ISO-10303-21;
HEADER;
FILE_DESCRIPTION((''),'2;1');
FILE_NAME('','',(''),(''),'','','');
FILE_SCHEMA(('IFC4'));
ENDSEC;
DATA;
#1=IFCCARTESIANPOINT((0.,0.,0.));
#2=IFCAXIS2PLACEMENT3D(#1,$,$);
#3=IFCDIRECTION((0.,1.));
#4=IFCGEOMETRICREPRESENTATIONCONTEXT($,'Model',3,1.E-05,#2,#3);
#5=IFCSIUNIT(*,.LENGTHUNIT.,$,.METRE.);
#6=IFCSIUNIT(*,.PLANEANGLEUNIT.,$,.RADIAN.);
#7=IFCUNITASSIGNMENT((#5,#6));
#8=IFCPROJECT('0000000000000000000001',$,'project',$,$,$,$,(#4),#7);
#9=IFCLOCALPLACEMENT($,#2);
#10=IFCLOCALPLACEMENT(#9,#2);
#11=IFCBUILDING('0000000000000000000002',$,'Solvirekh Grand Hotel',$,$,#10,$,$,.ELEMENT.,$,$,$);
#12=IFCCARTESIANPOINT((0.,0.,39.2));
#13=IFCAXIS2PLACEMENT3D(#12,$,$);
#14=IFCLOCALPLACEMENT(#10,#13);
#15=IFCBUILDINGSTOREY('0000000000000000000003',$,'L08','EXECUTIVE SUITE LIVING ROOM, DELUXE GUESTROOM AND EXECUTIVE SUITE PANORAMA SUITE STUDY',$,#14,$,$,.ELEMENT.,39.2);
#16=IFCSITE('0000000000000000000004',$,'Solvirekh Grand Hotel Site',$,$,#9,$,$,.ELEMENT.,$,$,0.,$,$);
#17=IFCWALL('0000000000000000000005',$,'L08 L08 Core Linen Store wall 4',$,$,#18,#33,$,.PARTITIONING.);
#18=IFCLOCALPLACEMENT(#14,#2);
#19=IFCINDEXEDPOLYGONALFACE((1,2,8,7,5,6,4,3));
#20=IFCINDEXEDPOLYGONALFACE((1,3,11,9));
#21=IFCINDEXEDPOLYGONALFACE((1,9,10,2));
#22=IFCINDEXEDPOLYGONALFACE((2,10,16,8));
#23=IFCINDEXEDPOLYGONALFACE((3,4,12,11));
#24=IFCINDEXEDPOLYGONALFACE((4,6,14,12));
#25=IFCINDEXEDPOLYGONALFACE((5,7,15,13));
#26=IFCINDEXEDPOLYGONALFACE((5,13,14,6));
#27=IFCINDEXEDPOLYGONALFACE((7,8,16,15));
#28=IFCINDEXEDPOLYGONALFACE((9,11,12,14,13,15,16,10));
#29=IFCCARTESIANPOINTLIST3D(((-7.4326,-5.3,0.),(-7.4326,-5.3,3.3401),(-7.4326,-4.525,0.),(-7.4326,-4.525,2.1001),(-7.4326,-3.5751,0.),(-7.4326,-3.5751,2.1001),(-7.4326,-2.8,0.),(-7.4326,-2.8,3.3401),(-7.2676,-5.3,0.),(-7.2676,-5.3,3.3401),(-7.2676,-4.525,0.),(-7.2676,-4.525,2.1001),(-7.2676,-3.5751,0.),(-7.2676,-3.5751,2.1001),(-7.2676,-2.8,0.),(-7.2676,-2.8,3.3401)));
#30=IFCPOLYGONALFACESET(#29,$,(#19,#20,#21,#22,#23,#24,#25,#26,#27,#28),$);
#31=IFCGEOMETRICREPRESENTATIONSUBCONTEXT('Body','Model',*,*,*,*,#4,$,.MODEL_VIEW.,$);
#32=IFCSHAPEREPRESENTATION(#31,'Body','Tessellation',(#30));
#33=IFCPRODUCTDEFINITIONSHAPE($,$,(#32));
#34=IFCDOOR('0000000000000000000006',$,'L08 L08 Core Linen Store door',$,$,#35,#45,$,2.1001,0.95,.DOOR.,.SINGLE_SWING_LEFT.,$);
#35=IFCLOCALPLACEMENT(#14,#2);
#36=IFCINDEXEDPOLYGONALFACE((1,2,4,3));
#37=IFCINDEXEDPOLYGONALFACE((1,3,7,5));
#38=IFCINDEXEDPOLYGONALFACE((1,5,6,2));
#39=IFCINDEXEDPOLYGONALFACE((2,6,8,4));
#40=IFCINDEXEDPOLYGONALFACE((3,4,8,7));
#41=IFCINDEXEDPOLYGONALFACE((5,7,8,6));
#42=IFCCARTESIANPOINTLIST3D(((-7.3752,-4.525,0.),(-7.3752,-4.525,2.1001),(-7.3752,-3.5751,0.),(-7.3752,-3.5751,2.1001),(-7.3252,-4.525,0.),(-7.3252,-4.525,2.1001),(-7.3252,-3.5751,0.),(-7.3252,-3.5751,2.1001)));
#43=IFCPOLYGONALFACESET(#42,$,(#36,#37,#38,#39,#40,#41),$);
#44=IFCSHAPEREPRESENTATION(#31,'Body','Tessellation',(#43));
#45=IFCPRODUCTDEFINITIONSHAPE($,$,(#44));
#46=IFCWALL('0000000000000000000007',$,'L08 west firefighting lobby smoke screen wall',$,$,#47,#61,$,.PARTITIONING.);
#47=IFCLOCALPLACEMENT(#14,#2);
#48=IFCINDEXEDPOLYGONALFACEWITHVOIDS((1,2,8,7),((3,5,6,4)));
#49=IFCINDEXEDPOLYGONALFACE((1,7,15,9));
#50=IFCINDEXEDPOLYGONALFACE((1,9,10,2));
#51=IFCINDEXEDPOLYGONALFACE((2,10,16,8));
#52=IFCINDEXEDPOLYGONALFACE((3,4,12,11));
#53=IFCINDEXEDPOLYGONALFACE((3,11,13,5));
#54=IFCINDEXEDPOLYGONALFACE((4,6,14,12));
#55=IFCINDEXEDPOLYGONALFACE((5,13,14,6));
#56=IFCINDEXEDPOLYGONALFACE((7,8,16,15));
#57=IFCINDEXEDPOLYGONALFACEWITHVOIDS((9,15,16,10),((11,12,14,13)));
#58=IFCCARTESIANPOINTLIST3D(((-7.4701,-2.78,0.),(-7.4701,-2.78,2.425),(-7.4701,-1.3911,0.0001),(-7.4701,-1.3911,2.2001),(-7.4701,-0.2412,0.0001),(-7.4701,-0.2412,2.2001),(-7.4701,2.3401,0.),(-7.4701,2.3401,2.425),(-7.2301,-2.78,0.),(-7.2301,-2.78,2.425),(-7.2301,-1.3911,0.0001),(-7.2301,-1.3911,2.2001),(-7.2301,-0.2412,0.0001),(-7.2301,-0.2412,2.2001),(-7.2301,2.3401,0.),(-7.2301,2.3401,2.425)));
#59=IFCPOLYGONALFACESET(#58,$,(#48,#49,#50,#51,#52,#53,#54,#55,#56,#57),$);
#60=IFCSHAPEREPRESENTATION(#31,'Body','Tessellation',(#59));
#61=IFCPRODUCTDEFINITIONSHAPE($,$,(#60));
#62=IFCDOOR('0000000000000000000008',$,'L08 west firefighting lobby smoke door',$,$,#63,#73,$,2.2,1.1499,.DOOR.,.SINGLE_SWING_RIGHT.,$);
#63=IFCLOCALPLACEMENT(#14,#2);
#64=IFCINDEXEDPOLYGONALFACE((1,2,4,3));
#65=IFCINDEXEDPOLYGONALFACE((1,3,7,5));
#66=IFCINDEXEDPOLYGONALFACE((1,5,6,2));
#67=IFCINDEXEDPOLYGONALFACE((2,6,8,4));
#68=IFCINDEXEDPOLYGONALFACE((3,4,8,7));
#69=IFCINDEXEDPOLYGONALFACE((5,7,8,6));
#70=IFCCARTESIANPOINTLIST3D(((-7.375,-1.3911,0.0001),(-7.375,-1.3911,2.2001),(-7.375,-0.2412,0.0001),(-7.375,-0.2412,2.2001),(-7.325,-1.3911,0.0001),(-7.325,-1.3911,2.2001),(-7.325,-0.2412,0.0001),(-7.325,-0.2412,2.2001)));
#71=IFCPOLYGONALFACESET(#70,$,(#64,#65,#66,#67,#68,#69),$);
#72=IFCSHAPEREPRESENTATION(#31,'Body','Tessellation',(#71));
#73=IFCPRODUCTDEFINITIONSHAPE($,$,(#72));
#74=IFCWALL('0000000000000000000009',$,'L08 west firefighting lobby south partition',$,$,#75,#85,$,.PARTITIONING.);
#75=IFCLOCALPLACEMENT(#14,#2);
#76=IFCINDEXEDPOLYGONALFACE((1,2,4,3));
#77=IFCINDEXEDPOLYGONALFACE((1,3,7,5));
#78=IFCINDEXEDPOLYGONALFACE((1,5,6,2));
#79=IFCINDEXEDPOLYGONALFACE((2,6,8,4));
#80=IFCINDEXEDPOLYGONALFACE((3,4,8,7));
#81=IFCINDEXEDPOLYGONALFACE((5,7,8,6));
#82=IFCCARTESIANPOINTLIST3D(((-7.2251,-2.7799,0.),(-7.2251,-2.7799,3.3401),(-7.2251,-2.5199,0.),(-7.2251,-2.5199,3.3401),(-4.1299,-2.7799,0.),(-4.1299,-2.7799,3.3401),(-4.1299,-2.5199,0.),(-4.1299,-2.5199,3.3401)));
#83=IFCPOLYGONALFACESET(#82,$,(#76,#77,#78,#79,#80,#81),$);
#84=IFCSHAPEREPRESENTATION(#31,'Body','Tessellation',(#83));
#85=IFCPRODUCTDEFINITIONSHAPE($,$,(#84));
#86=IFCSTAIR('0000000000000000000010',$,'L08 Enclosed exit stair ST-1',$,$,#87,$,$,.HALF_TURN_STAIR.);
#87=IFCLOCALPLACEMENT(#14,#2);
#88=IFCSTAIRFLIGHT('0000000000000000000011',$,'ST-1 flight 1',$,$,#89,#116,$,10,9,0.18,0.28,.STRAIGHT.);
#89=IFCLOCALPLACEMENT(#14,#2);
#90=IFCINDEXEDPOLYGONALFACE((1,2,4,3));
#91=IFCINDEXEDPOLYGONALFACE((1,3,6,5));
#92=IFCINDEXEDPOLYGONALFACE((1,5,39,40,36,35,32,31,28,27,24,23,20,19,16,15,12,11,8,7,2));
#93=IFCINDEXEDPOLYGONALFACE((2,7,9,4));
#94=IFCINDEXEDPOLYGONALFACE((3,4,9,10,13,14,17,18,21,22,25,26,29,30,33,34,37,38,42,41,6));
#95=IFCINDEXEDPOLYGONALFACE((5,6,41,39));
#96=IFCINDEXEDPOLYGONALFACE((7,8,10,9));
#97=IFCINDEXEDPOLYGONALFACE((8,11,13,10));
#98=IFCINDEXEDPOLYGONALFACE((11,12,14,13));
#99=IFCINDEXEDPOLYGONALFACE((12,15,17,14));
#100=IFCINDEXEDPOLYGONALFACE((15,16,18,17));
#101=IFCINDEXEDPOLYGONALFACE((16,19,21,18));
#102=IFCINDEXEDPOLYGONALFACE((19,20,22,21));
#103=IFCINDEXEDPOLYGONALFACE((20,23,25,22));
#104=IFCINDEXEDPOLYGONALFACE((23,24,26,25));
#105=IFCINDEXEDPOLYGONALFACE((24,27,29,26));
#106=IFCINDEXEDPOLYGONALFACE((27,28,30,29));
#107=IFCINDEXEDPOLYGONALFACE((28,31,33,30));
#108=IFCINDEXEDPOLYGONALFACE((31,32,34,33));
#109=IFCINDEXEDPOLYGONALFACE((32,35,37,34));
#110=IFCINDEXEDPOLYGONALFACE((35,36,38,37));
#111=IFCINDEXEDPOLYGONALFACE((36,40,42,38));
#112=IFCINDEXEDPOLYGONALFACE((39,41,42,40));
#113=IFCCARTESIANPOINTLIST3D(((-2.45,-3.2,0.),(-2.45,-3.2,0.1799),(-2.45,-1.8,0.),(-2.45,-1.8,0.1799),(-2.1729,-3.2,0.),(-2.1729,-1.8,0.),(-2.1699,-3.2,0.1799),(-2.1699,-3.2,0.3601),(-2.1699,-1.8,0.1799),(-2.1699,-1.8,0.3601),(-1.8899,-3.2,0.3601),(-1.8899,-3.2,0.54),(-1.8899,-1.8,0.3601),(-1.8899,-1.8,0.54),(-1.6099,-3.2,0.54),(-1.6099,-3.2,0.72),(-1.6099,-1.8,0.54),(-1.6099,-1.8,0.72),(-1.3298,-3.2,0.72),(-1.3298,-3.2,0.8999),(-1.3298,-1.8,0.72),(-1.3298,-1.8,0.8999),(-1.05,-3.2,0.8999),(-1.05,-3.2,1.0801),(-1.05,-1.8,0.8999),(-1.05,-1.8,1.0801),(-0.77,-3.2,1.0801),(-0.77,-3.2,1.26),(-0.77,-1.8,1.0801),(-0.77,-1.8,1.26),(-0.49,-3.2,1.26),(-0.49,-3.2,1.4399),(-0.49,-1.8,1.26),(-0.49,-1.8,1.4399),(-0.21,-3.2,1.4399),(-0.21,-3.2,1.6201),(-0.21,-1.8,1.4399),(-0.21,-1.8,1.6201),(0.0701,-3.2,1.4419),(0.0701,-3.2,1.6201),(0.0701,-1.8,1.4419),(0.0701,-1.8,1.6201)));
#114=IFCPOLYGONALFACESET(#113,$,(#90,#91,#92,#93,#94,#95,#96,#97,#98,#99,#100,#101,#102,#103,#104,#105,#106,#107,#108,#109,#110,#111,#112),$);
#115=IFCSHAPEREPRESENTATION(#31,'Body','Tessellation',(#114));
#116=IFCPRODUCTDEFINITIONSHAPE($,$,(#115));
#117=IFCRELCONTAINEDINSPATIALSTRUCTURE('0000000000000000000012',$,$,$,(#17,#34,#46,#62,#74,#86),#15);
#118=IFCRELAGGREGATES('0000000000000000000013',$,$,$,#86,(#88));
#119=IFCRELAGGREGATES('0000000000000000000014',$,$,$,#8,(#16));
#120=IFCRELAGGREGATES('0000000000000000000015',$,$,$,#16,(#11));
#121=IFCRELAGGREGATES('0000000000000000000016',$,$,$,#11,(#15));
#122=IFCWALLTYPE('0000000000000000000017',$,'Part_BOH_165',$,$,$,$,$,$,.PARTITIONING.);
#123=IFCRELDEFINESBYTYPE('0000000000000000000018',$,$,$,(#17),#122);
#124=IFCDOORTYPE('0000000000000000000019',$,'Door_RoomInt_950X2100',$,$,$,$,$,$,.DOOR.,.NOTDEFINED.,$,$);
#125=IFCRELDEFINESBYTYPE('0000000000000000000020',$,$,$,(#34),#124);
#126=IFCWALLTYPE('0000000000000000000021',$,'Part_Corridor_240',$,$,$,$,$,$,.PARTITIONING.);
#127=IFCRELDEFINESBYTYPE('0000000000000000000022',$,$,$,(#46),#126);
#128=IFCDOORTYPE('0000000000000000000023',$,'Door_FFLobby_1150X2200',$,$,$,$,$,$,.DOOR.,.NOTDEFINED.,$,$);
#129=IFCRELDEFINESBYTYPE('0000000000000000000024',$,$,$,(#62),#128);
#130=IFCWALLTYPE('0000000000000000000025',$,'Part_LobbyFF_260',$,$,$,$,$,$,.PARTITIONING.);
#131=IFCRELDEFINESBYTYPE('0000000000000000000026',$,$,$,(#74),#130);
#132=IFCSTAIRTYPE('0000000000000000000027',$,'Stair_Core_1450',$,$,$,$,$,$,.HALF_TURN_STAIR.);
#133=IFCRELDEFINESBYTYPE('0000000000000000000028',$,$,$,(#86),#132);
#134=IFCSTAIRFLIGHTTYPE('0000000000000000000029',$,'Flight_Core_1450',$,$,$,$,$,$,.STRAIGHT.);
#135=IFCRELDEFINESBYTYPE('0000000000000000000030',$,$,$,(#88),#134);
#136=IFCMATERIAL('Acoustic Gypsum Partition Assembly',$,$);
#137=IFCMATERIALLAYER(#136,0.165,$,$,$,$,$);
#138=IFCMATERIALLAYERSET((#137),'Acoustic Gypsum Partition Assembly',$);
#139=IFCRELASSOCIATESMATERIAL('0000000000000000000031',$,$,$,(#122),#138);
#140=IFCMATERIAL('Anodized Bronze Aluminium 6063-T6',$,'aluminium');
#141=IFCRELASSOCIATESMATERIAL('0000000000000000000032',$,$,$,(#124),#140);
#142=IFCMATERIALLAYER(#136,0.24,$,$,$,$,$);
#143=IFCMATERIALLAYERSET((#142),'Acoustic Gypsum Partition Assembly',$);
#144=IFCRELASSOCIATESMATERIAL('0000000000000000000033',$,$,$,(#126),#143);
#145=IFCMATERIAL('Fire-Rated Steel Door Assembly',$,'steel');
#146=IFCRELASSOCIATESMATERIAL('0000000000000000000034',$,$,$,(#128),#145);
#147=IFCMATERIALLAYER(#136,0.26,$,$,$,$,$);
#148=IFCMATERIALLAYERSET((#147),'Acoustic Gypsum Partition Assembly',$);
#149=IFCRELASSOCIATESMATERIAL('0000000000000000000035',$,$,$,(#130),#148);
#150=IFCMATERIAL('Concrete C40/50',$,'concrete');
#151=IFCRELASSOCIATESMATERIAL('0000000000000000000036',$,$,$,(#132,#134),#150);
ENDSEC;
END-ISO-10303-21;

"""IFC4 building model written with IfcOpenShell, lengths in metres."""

from ifc_helpers import new_model, si_unit, direction, frame, frame_2d, origin, place, context, subcontext, project, spatial, polyline, rectangle, outline, extrude, material, layer, layer_set, type_object, element, fill, aggregate, save


model = new_model("IFC4")

# Units and contexts
model_context = context("Model", 3, precision=1e-05, world=origin(), true_north=direction((0.0, 1.0)))
body_context = subcontext(model_context, "Body", "Model", "MODEL_VIEW")
ifc_project = project(units=[si_unit("LENGTHUNIT", "METRE"), si_unit("PLANEANGLEUNIT", "RADIAN")], contexts=[model_context])

# Site, building, storey
site_placement = place(None, origin())
site = spatial("IfcSite", under=ifc_project, at=site_placement, Name="Solvirekh Grand Hotel Site", CompositionType="ELEMENT", RefElevation=0.0)
building_placement = place(site_placement, origin())
building = spatial("IfcBuilding", under=site, at=building_placement, Name="Solvirekh Grand Hotel", CompositionType="ELEMENT")
storey_placement = place(building_placement, frame((0.0, 0.0, 39.2)))
storey = spatial("IfcBuildingStorey", under=building, at=storey_placement, Name="L08", Description="EXECUTIVE SUITE LIVING ROOM, DELUXE GUESTROOM AND EXECUTIVE SUITE PANORAMA SUITE STUDY", CompositionType="ELEMENT", Elevation=39.2)

# Shared definitions
ifc_material_1 = material(Name="Concrete C40/50", Category="concrete")

# Shared definitions
ifc_material_2 = material(Name="Fire-Rated Steel Door Assembly", Category="steel")

# Shared definitions
ifc_material_3 = material(Name="Acoustic Gypsum Partition Assembly")
ifc_layer_1 = layer(ifc_material_3, 0.165)
ifc_layer_set_1 = layer_set([ifc_layer_1], Name="Acoustic Gypsum Partition Assembly")
wall_type_1 = type_object("IfcWallType", Name="Part_BOH_165", PredefinedType="PARTITIONING", material=ifc_layer_set_1)

# Walls, openings, doors
wall_1_placement = place(storey_placement, frame((-7.3501, -2.8, 0.0), z_axis=(0.0, 0.0, 1.0), x_axis=(0.0, -1.0, 0.0)))
wall_1 = element("IfcWall", 1, at=wall_1_placement, inside=storey, type_object=wall_type_1, Name="L08 L08 Core Linen Store wall 4", PredefinedType="PARTITIONING", context=body_context, shape_type="SweptSolid", body=[
    extrude(rectangle(XDim=2.5, YDim=0.165, at=frame_2d((1.25, 0.0))), origin(), (0.0, 0.0, 1.0), 3.3401),
])
opening_1_placement = place(wall_1_placement, frame((0.7749, 0.0, 0.0)))
opening_1 = element("IfcOpeningElement", 2, at=opening_1_placement, cuts=wall_1, PredefinedType="OPENING", context=body_context, shape_type="SweptSolid", body=[
    extrude(rectangle(XDim=0.95, YDim=2.1001, at=frame_2d((0.4751, 1.05))), frame((0.0, 0.0925, 0.0), z_axis=(0.0, -1.0, 0.0), x_axis=(1.0, 0.0, 0.0)), (0.0, 0.0, 1.0), 0.1851),
])
ifc_material_4 = material(Name="Anodized Bronze Aluminium 6063-T6", Category="aluminium")
door_type_1 = type_object("IfcDoorType", Name="Door_RoomInt_950X2100", OperationType="NOTDEFINED", PredefinedType="DOOR", material=ifc_material_4)
door_1_placement = place(opening_1_placement, origin())
door_1 = element("IfcDoor", 3, at=door_1_placement, inside=storey, type_object=door_type_1, Name="L08 L08 Core Linen Store door", OperationType="SINGLE_SWING_LEFT", OverallHeight=2.1001, OverallWidth=0.95, PredefinedType="DOOR", context=body_context, shape_type="SweptSolid", body=[
    extrude(rectangle(XDim=0.95, YDim=2.1001, at=frame_2d((0.4751, 1.05))), frame((0.0, 0.0249, 0.0), z_axis=(0.0, -1.0, 0.0), x_axis=(1.0, 0.0, 0.0)), (0.0, 0.0, 1.0), 0.05),
])
fill(opening_1, door_1)
ifc_layer_2 = layer(ifc_material_3, 0.24)
ifc_layer_set_2 = layer_set([ifc_layer_2], Name="Acoustic Gypsum Partition Assembly")
wall_type_2 = type_object("IfcWallType", Name="Part_Corridor_240", PredefinedType="PARTITIONING", material=ifc_layer_set_2)
wall_2_placement = place(storey_placement, frame((-7.3501, -2.78, 0.0), z_axis=(0.0, 0.0, 1.0), x_axis=(0.0, 1.0, 0.0)))
wall_2 = element("IfcWall", 4, at=wall_2_placement, inside=storey, type_object=wall_type_2, Name="L08 west firefighting lobby smoke screen wall", PredefinedType="PARTITIONING", context=body_context, shape_type="SweptSolid", body=[
    extrude(rectangle(XDim=5.1201, YDim=0.24, at=frame_2d((2.5601, 0.0))), origin(), (0.0, 0.0, 1.0), 2.425),
])
opening_2_placement = place(wall_2_placement, frame((1.3889, 0.0, 0.0)))
opening_2 = element("IfcOpeningElement", 5, at=opening_2_placement, cuts=wall_2, PredefinedType="OPENING", context=body_context, shape_type="SweptSolid", body=[
    extrude(rectangle(XDim=1.1499, YDim=2.2, at=frame_2d((0.575, 1.1001))), frame((0.0, 0.1299, 0.0), z_axis=(0.0, -1.0, 0.0), x_axis=(1.0, 0.0, 0.0)), (0.0, 0.0, 1.0), 0.26),
])
door_type_2 = type_object("IfcDoorType", Name="Door_FFLobby_1150X2200", OperationType="NOTDEFINED", PredefinedType="DOOR", material=ifc_material_2)
door_2_placement = place(opening_2_placement, origin())
door_2 = element("IfcDoor", 6, at=door_2_placement, inside=storey, type_object=door_type_2, Name="L08 west firefighting lobby smoke door", OperationType="SINGLE_SWING_RIGHT", OverallHeight=2.2, OverallWidth=1.1499, PredefinedType="DOOR", context=body_context, shape_type="SweptSolid", body=[
    extrude(rectangle(XDim=1.1499, YDim=2.2, at=frame_2d((0.575, 1.1001))), frame((0.0, 0.0249, 0.0), z_axis=(0.0, -1.0, 0.0), x_axis=(1.0, 0.0, 0.0)), (0.0, 0.0, 1.0), 0.05),
])
fill(opening_2, door_2)

# Wall
ifc_layer_3 = layer(ifc_material_3, 0.26)
ifc_layer_set_3 = layer_set([ifc_layer_3], Name="Acoustic Gypsum Partition Assembly")
wall_type_3 = type_object("IfcWallType", Name="Part_LobbyFF_260", PredefinedType="PARTITIONING", material=ifc_layer_set_3)
wall_3_placement = place(storey_placement, frame((-7.2251, -2.6499, 0.0), z_axis=(0.0, 0.0, 1.0), x_axis=(1.0, 0.0, 0.0)))
element("IfcWall", 7, at=wall_3_placement, inside=storey, type_object=wall_type_3, Name="L08 west firefighting lobby south partition", PredefinedType="PARTITIONING", context=body_context, shape_type="SweptSolid", body=[
    extrude(rectangle(XDim=3.0952, YDim=0.26, at=frame_2d((1.5476, 0.0))), origin(), (0.0, 0.0, 1.0), 3.3401),
])

# Stair, stair flight
stair_type = type_object("IfcStairType", Name="Stair_Core_1450", PredefinedType="HALF_TURN_STAIR", material=ifc_material_1)
stair_placement = place(storey_placement, origin())
stair = element("IfcStair", 8, at=stair_placement, inside=storey, type_object=stair_type, Name="L08 Enclosed exit stair ST-1", PredefinedType="HALF_TURN_STAIR")
stair_flight_type = type_object("IfcStairFlightType", Name="Flight_Core_1450", PredefinedType="STRAIGHT", material=ifc_material_1)
stair_flight_placement = place(storey_placement, frame((-2.45, -2.5, 0.0), z_axis=(0.0, 0.0, 1.0), x_axis=(1.0, 0.0, 0.0)))
stair_flight = element("IfcStairFlight", 9, at=stair_flight_placement, type_object=stair_flight_type, Name="ST-1 flight 1", NumberOfRisers=10, NumberOfTreads=9, PredefinedType="STRAIGHT", RiserHeight=0.18, TreadLength=0.28, context=body_context, shape_type="SweptSolid", body=[
    extrude(outline(polyline([(0.0, 0.0), (0.0, 0.1799), (0.28, 0.1799), (0.28, 0.3601), (0.5601, 0.3601), (0.5601, 0.54), (0.8401, 0.54), (0.8401, 0.72), (1.1201, 0.72), (1.1201, 0.8999), (1.3999, 0.8999), (1.3999, 1.0801), (1.6799, 1.0801), (1.6799, 1.26), (1.96, 1.26), (1.96, 1.4399), (2.24, 1.4399), (2.24, 1.6201), (2.52, 1.6201), (2.52, 1.8), (2.52, 1.4419), (0.2771, 0.0), (0.0, 0.0)])), frame((0.0, 0.7, 0.0), z_axis=(0.0, -1.0, 0.0), x_axis=(1.0, 0.0, 0.0)), (0.0, 0.0, 1.0), 1.3999),
])
aggregate(stair, [stair_flight])

save(model, "model.ifc")
